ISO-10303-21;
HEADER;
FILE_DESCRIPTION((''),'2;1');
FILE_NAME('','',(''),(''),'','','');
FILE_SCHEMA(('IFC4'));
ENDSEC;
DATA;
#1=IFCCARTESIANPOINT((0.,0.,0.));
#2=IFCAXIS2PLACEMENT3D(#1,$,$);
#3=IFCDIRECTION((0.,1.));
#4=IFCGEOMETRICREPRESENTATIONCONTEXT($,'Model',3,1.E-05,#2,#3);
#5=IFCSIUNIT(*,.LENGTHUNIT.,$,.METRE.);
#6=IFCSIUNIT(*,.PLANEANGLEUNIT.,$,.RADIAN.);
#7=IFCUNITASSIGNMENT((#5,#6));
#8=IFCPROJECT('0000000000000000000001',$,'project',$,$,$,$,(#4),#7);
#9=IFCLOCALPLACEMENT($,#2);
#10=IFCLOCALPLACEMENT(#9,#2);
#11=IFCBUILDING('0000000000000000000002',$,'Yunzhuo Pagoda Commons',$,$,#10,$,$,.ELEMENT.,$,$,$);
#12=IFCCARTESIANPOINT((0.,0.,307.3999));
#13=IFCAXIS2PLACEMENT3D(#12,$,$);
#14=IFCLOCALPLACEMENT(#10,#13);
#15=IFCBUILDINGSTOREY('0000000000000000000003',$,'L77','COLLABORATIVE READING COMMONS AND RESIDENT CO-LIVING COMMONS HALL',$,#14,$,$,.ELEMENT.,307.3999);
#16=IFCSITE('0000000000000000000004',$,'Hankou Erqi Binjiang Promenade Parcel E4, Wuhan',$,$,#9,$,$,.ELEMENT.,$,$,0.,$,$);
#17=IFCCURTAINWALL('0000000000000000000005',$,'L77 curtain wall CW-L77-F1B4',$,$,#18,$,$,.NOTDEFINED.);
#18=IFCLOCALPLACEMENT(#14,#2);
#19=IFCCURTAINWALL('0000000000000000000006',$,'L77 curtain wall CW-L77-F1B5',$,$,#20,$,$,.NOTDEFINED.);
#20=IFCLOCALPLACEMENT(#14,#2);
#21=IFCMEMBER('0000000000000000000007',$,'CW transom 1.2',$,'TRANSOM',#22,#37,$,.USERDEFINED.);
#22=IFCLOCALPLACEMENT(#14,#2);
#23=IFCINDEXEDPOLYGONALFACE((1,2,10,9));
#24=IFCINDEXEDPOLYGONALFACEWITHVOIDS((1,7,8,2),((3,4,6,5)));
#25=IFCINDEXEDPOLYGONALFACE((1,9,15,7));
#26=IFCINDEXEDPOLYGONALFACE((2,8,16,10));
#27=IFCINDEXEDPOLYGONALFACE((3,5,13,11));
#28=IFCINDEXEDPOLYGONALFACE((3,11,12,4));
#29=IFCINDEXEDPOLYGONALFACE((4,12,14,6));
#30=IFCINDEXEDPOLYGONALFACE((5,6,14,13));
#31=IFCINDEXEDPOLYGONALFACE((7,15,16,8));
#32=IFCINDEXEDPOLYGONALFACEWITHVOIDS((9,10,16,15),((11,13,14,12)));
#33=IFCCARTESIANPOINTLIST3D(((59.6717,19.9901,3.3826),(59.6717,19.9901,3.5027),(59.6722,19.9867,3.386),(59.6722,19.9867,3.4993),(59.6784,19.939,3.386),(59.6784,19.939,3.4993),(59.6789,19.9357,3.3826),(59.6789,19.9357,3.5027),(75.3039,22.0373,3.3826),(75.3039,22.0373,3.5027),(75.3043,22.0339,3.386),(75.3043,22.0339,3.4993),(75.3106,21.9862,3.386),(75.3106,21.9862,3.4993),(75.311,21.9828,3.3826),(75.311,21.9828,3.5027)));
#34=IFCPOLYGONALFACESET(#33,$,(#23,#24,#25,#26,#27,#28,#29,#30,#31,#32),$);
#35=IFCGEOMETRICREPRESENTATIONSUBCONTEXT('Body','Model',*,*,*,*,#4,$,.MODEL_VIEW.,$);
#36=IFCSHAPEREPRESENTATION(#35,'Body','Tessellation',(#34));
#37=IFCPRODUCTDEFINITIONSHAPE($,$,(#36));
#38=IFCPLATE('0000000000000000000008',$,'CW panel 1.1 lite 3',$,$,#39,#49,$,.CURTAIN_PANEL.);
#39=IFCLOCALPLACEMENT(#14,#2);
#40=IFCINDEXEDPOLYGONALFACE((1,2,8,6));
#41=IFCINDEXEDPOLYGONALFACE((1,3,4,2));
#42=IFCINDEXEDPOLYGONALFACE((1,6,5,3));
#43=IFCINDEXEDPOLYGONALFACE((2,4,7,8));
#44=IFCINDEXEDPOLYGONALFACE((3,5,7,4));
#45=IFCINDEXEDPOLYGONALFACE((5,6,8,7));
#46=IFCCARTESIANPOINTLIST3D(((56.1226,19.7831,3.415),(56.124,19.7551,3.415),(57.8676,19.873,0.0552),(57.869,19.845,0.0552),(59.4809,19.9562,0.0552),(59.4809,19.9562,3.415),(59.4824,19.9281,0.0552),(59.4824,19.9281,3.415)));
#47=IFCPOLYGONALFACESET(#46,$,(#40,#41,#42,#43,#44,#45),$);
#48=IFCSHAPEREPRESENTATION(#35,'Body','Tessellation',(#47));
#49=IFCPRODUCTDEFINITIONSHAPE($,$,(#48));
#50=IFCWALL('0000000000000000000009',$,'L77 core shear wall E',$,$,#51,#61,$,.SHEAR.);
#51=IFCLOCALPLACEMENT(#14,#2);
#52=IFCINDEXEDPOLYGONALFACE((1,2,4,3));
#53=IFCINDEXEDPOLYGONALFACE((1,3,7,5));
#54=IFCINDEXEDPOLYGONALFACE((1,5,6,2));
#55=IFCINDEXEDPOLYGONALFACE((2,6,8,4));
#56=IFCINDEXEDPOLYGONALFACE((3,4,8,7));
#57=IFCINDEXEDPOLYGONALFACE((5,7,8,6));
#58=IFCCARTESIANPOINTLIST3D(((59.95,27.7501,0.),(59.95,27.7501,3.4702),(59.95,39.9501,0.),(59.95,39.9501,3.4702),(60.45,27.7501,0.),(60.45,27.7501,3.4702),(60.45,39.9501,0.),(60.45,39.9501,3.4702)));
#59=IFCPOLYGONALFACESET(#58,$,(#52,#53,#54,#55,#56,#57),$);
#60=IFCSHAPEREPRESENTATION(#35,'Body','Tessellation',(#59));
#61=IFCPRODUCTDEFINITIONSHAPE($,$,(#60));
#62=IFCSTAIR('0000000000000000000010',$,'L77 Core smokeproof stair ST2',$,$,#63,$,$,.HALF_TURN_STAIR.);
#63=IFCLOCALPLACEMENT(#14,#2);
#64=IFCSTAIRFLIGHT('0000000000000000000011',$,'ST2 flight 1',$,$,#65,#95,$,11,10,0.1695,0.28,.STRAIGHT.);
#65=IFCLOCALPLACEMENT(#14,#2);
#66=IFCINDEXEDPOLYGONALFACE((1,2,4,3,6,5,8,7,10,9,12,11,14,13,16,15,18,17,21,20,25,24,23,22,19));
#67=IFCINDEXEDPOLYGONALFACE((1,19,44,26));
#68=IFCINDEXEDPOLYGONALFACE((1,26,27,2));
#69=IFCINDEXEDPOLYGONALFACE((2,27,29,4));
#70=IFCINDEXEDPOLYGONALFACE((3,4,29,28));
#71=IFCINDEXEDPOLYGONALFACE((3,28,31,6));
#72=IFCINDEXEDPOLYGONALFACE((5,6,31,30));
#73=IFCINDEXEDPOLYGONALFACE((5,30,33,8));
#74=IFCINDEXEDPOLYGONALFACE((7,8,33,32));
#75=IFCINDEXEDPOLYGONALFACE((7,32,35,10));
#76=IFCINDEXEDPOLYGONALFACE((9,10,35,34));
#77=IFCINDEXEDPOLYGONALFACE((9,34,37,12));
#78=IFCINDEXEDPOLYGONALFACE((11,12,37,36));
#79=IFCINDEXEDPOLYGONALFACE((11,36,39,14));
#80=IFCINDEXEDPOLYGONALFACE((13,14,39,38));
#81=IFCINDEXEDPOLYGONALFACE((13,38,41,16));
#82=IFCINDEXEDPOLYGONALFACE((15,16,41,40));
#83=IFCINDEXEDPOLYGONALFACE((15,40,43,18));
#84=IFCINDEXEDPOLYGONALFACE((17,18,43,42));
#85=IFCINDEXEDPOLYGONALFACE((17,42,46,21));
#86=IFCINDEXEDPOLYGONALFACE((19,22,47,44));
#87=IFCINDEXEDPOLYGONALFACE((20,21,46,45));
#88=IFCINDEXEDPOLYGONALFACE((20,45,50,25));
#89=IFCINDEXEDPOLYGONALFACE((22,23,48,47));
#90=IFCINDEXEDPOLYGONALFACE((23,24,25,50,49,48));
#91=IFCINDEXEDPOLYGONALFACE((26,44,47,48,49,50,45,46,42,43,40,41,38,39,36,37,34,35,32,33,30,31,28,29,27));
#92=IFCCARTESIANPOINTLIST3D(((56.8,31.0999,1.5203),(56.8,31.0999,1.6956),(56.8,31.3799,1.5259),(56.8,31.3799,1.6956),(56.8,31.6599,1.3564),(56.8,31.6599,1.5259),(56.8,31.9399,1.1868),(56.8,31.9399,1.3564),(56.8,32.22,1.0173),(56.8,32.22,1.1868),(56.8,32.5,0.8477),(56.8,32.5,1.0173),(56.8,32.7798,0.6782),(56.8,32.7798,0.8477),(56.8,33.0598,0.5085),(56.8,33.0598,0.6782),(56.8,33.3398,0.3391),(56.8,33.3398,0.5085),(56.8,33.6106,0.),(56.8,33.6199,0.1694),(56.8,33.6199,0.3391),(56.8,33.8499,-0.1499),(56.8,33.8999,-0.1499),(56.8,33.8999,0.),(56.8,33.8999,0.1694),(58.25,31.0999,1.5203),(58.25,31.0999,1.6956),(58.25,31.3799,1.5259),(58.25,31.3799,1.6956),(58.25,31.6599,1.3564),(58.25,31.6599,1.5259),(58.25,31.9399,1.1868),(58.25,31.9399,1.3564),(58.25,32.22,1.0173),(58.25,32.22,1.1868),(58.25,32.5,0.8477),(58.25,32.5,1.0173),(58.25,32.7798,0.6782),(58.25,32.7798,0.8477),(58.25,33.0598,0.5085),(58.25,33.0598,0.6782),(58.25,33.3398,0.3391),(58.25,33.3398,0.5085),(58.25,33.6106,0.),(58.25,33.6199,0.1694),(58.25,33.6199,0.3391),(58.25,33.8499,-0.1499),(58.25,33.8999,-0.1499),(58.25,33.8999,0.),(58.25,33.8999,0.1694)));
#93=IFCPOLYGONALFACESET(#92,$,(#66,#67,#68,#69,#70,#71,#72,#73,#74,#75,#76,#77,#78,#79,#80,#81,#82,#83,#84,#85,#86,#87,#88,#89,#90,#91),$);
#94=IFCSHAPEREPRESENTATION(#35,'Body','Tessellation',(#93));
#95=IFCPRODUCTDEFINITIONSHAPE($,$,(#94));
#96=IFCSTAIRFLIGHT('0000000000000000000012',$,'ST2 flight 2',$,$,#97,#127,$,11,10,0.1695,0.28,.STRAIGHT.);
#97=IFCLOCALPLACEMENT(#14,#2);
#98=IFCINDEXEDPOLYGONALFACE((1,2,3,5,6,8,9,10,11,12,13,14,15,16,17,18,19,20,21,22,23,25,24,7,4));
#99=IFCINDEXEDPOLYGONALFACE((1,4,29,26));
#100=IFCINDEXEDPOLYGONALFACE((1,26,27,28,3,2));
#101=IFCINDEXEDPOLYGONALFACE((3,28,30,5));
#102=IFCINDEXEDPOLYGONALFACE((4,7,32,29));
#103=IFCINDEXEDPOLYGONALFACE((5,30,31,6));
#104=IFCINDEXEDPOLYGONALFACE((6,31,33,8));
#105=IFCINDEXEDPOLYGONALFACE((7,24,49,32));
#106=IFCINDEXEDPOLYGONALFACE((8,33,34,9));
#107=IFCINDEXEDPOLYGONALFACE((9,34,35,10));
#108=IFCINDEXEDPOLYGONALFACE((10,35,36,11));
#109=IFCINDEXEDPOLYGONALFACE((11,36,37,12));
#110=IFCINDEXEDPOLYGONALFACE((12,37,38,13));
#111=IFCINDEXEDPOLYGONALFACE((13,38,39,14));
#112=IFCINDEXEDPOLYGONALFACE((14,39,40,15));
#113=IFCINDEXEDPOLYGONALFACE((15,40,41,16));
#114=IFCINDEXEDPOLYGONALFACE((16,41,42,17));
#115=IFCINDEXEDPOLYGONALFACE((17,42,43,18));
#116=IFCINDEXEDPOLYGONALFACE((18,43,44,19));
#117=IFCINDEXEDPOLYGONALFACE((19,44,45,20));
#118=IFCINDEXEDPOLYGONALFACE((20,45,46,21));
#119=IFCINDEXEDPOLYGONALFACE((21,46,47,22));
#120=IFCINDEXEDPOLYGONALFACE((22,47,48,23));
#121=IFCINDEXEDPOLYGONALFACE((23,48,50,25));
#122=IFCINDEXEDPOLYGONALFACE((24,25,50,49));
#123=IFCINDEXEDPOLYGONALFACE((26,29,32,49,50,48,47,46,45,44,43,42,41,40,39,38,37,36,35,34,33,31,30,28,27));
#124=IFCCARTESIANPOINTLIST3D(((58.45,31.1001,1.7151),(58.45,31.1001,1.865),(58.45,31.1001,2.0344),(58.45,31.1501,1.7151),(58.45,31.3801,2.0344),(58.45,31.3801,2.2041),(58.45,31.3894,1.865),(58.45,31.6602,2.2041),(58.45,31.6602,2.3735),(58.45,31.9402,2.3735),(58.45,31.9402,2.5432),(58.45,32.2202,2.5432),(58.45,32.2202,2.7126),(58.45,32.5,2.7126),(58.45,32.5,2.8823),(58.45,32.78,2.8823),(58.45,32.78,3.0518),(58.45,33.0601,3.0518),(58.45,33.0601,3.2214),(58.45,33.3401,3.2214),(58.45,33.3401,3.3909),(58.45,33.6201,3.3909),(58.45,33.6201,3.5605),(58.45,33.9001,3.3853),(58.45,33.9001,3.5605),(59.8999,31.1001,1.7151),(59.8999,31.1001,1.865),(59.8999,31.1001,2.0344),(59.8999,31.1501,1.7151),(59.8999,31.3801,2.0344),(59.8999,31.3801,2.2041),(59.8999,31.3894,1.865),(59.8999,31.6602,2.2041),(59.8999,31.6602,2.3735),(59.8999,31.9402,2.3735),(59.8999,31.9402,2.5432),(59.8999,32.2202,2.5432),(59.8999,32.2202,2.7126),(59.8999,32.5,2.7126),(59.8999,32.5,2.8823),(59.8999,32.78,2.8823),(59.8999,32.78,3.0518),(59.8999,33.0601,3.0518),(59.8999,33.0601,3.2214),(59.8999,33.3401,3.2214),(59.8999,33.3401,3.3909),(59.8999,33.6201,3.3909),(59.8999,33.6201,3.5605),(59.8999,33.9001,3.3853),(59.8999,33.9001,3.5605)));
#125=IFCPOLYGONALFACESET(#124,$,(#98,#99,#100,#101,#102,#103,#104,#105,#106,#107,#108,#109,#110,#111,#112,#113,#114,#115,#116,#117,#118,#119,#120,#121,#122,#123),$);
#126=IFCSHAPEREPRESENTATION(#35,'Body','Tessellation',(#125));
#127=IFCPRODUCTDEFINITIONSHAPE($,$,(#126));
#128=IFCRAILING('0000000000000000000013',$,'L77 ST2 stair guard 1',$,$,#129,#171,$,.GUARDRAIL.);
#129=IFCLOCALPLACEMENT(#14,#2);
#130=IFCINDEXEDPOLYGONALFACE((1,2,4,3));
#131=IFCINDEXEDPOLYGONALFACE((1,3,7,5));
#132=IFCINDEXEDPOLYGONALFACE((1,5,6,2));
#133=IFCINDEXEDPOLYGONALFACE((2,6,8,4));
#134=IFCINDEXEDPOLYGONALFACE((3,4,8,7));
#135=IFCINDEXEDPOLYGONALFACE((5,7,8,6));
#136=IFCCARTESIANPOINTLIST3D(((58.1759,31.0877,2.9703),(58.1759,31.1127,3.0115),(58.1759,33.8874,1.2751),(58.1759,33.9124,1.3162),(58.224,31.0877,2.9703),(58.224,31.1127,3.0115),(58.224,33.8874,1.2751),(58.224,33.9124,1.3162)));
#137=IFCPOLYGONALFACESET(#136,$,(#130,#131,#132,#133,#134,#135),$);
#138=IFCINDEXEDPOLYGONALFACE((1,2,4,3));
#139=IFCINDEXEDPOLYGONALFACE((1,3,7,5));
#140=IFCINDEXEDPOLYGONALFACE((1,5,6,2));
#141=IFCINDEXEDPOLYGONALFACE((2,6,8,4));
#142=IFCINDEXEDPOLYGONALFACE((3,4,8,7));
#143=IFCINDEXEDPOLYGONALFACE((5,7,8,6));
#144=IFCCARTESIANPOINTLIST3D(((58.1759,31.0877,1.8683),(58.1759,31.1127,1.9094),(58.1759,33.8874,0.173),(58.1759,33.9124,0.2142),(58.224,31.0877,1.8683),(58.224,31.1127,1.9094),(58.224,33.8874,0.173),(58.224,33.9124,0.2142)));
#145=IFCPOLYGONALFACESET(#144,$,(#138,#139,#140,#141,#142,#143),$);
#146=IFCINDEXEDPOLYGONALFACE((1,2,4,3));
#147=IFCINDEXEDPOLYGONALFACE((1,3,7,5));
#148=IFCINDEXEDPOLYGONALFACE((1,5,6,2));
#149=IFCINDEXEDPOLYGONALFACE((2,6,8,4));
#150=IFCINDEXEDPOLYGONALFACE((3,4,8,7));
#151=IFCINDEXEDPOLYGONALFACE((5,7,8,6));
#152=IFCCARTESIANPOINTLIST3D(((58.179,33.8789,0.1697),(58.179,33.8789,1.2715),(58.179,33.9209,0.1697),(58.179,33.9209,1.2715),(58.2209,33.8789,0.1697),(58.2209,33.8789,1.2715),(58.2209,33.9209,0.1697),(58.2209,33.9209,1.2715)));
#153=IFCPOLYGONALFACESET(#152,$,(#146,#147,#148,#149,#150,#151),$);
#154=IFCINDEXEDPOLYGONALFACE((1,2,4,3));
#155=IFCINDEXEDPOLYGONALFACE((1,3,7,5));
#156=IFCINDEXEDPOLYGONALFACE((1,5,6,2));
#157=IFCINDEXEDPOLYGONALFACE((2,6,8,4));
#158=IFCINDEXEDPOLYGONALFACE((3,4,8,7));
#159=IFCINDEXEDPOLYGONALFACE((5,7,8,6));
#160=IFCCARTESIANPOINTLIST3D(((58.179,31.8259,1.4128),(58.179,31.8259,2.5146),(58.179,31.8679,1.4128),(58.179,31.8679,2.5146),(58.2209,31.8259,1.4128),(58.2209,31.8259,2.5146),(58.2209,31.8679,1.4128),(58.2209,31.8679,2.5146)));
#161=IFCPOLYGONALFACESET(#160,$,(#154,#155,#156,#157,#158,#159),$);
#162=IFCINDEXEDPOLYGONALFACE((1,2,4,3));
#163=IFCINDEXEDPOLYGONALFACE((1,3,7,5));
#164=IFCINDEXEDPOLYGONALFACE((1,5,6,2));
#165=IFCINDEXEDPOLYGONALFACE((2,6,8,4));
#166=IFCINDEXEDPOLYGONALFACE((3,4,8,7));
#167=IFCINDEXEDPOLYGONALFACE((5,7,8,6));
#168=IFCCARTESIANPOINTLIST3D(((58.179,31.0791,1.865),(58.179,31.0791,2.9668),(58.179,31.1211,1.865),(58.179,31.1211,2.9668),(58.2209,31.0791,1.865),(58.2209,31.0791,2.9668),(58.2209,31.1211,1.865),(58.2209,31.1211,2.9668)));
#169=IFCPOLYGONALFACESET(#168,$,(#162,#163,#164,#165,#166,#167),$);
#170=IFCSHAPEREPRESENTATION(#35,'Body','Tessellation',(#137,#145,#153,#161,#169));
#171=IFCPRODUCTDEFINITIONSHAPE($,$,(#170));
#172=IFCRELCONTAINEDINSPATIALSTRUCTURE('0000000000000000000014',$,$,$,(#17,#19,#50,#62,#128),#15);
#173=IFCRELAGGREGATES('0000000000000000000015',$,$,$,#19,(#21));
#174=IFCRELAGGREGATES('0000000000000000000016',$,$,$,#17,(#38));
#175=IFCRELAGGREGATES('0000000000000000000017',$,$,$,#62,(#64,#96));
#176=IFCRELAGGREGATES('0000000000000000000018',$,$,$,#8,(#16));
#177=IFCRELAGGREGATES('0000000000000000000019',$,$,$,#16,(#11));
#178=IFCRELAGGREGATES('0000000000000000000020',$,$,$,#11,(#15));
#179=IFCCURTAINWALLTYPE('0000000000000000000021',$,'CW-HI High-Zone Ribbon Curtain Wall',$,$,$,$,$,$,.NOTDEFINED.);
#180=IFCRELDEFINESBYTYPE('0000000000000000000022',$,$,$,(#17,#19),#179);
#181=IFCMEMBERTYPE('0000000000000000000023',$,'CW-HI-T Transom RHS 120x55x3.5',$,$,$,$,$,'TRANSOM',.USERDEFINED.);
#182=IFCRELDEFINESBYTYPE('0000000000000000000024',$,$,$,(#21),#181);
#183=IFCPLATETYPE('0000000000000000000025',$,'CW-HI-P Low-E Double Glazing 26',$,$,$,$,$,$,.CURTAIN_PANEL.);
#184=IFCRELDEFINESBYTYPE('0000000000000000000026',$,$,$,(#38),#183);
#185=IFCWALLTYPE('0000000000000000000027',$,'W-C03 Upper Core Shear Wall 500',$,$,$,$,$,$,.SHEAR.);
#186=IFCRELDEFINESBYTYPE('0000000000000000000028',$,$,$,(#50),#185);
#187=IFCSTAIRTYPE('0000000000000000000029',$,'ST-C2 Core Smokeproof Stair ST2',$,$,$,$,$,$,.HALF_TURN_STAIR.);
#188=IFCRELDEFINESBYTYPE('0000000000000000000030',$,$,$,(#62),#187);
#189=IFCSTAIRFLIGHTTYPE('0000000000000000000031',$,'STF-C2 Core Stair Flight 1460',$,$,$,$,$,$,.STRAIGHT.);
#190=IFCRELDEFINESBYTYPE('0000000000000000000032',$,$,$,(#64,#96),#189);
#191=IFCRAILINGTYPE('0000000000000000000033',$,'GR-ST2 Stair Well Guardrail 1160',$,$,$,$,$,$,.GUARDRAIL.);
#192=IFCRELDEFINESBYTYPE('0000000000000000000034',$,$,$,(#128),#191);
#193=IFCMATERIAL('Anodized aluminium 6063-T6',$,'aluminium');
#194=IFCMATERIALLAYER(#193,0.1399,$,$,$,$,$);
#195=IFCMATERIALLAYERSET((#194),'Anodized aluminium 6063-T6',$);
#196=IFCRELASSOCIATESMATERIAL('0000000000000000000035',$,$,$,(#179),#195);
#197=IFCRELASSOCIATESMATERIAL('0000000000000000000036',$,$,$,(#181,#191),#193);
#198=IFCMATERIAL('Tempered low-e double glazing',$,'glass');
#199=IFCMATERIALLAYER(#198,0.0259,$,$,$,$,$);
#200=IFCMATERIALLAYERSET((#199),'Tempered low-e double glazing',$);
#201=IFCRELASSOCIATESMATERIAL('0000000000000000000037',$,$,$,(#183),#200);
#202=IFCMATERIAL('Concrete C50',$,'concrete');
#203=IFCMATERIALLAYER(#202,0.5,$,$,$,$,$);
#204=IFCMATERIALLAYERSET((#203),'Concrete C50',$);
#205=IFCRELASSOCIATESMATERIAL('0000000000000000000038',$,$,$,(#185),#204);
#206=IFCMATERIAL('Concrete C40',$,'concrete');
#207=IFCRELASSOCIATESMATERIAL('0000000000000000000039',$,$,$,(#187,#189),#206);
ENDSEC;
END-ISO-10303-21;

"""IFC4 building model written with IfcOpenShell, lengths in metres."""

from ifc_helpers import new_model, si_unit, direction, frame, frame_2d, origin, origin_2d, place, context, subcontext, project, spatial, polyline, rectangle, hollow_rectangle, outline, extrude, source, transform, mapped, material, layer, layer_set, material_profile, profile_set, type_object, element, aggregate, save


model = new_model("IFC4")

# Units and contexts
model_context = context("Model", 3, precision=1e-05, world=origin(), true_north=direction((0.0, 1.0)))
body_context = subcontext(model_context, "Body", "Model", "MODEL_VIEW")
ifc_project = project(units=[si_unit("LENGTHUNIT", "METRE"), si_unit("PLANEANGLEUNIT", "RADIAN")], contexts=[model_context])

# Site, building, storey
site_placement = place(None, origin())
site = spatial("IfcSite", under=ifc_project, at=site_placement, Name="Hankou Erqi Binjiang Promenade Parcel E4, Wuhan", CompositionType="ELEMENT", RefElevation=0.0)
building_placement = place(site_placement, origin())
building = spatial("IfcBuilding", under=site, at=building_placement, Name="Yunzhuo Pagoda Commons", CompositionType="ELEMENT")
storey_placement = place(building_placement, frame((0.0, 0.0, 307.3999)))
storey = spatial("IfcBuildingStorey", under=building, at=storey_placement, Name="L77", Description="COLLABORATIVE READING COMMONS AND RESIDENT CO-LIVING COMMONS HALL", CompositionType="ELEMENT", Elevation=307.3999)

# Curtain wall
ifc_material_1 = material(Name="Anodized aluminium 6063-T6", Category="aluminium")
ifc_layer_1 = layer(ifc_material_1, 0.1399)
ifc_layer_set_1 = layer_set([ifc_layer_1], Name="Anodized aluminium 6063-T6")
curtain_wall_type = type_object("IfcCurtainWallType", Name="CW-HI High-Zone Ribbon Curtain Wall", PredefinedType="NOTDEFINED", material=ifc_layer_set_1)
curtain_wall_1_placement = place(storey_placement, origin())
curtain_wall_1 = element("IfcCurtainWall", 1, at=curtain_wall_1_placement, inside=storey, type_object=curtain_wall_type, Name="L77 curtain wall CW-L77-F1B4", PredefinedType="NOTDEFINED")

# Curtain wall, member
curtain_wall_2_placement = place(storey_placement, origin())
curtain_wall_2 = element("IfcCurtainWall", 2, at=curtain_wall_2_placement, inside=storey, type_object=curtain_wall_type, Name="L77 curtain wall CW-L77-F1B5", PredefinedType="NOTDEFINED")
ifc_material_profile_1 = material_profile(ifc_material_1, hollow_rectangle(XDim=0.0549, YDim=0.1201, WallThickness=0.0034, at=origin_2d()), Name="Anodized aluminium 6063-T6")
ifc_profile_set_1 = profile_set([ifc_material_profile_1], Name="Anodized aluminium 6063-T6")
member_type_1 = type_object("IfcMemberType", Name="CW-HI-T Transom RHS 120x55x3.5", ElementType="TRANSOM", PredefinedType="USERDEFINED", material=ifc_profile_set_1)
shared_shape_1 = source(origin(), body_context, "Body", "SweptSolid", [
    extrude(hollow_rectangle(XDim=0.0549, YDim=0.1201, WallThickness=0.0034, at=origin_2d()), origin(), (0.0, 0.0, 1.0), 15.7656),
])
member_1_placement = place(storey_placement, frame((59.6753, 19.9629, 3.4426), z_axis=(0.991534, 0.129848, 0.0), x_axis=(-0.129848, 0.991534, 0.0)))
member_1 = element("IfcMember", 3, at=member_1_placement, type_object=member_type_1, Name="CW transom 1.2", ObjectType="TRANSOM", PredefinedType="USERDEFINED", context=body_context, shape_type="MappedRepresentation", body=[
    mapped(shared_shape_1, transform((0.0, 0.0, 0.0), scale=1.0)),
])
aggregate(curtain_wall_2, [member_1])

# Plate
ifc_material_2 = material(Name="Tempered low-e double glazing", Category="glass")
ifc_layer_2 = layer(ifc_material_2, 0.0259)
ifc_layer_set_2 = layer_set([ifc_layer_2], Name="Tempered low-e double glazing")
plate_type = type_object("IfcPlateType", Name="CW-HI-P Low-E Double Glazing 26", PredefinedType="CURTAIN_PANEL", material=ifc_layer_set_2)
plate_placement = place(storey_placement, frame((57.8018, 19.8696, 1.7351), z_axis=(0.051462, -0.998675, 0.0), x_axis=(0.998675, 0.051462, 0.0)))
plate = element("IfcPlate", 4, at=plate_placement, type_object=plate_type, Name="CW panel 1.1 lite 3", PredefinedType="CURTAIN_PANEL", context=body_context, shape_type="SweptSolid", body=[
    extrude(outline(polyline([(-1.6814, 1.6799), (0.0659, -1.6799), (1.6814, -1.6799), (1.6814, 1.6799), (-1.6814, 1.6799)])), origin(), (0.0, 0.0, 1.0), 0.0281),
])
aggregate(curtain_wall_1, [plate])

# Wall
ifc_material_3 = material(Name="Concrete C50", Category="concrete")
ifc_layer_3 = layer(ifc_material_3, 0.5)
ifc_layer_set_3 = layer_set([ifc_layer_3], Name="Concrete C50")
wall_type = type_object("IfcWallType", Name="W-C03 Upper Core Shear Wall 500", PredefinedType="SHEAR", material=ifc_layer_set_3)
wall_placement = place(storey_placement, frame((60.2, 27.75, 0.0), z_axis=(0.0, 0.0, 1.0), x_axis=(0.0, 1.0, 0.0)))
element("IfcWall", 5, at=wall_placement, inside=storey, type_object=wall_type, Name="L77 core shear wall E", PredefinedType="SHEAR", context=body_context, shape_type="SweptSolid", body=[
    extrude(rectangle(XDim=12.2, YDim=0.5, at=frame_2d((6.1001, 0.0))), origin(), (0.0, 0.0, 1.0), 3.4702),
])

# Stair, stair flights
ifc_material_4 = material(Name="Concrete C40", Category="concrete")
stair_type = type_object("IfcStairType", Name="ST-C2 Core Smokeproof Stair ST2", PredefinedType="HALF_TURN_STAIR", material=ifc_material_4)
stair_placement = place(storey_placement, origin())
stair = element("IfcStair", 6, at=stair_placement, inside=storey, type_object=stair_type, Name="L77 Core smokeproof stair ST2", PredefinedType="HALF_TURN_STAIR")
stair_flight_type = type_object("IfcStairFlightType", Name="STF-C2 Core Stair Flight 1460", PredefinedType="STRAIGHT", material=ifc_material_4)
shared_shape_2 = source(origin(), body_context, "Body", "SweptSolid", [
    extrude(outline(polyline([(0.0, -0.1499), (0.0, 0.0), (0.0, 0.1694), (0.28, 0.1694), (0.28, 0.3391), (0.5601, 0.3391), (0.5601, 0.5085), (0.8401, 0.5085), (0.8401, 0.6782), (1.1201, 0.6782), (1.1201, 0.8477), (1.3999, 0.8477), (1.3999, 1.0173), (1.6799, 1.0173), (1.6799, 1.1868), (1.96, 1.1868), (1.96, 1.3564), (2.24, 1.3564), (2.24, 1.5259), (2.52, 1.5259), (2.52, 1.6956), (2.8, 1.6956), (2.8, 1.865), (2.8, 1.5203), (0.2893, 0.0), (0.05, -0.1499), (0.0, -0.1499)])), frame((0.0, 0.7251, 0.0), z_axis=(0.0, -1.0, 0.0), x_axis=(1.0, 0.0, 0.0)), (0.0, 0.0, 1.0), 1.45),
])
stair_flight_1_placement = place(storey_placement, frame((57.5249, 33.8999, 0.0), z_axis=(0.0, 0.0, 1.0), x_axis=(0.0, -1.0, 0.0)))
stair_flight_1 = element("IfcStairFlight", 7, at=stair_flight_1_placement, type_object=stair_flight_type, Name="ST2 flight 1", NumberOfRisers=11, NumberOfTreads=10, PredefinedType="STRAIGHT", RiserHeight=0.1695, TreadLength=0.28, context=body_context, shape_type="MappedRepresentation", body=[
    mapped(shared_shape_2, transform((0.0, 0.0, 0.0), scale=1.0)),
])
stair_flight_2_placement = place(storey_placement, frame((59.175, 31.1001, 1.865), z_axis=(0.0, 0.0, 1.0), x_axis=(0.0, 1.0, 0.0)))
stair_flight_2 = element("IfcStairFlight", 8, at=stair_flight_2_placement, type_object=stair_flight_type, Name="ST2 flight 2", NumberOfRisers=11, NumberOfTreads=10, PredefinedType="STRAIGHT", RiserHeight=0.1695, TreadLength=0.28, context=body_context, shape_type="MappedRepresentation", body=[
    mapped(shared_shape_2, transform((0.0, 0.0, 0.0), scale=1.0)),
])
aggregate(stair, [stair_flight_1, stair_flight_2])

# Railing
railing_type_1 = type_object("IfcRailingType", Name="GR-ST2 Stair Well Guardrail 1160", PredefinedType="GUARDRAIL", material=ifc_material_1)
railing_1_placement = place(storey_placement, frame((58.2, 33.8999, 0.1697)))
element("IfcRailing", 9, at=railing_1_placement, inside=storey, type_object=railing_type_1, Name="L77 ST2 stair guard 1", PredefinedType="GUARDRAIL", context=body_context, shape_type="SweptSolid", body=[
    extrude(rectangle(XDim=0.0481, YDim=0.0481, at=origin_2d()), frame((0.0, 0.0, 1.126), z_axis=(0.0, -0.855406, 0.517958), x_axis=(1.0, 0.0, 0.0)), (0.0, 0.0, 1.0), 3.2729),
    extrude(rectangle(XDim=0.0481, YDim=0.0481, at=origin_2d()), frame((0.0, 0.0, 0.0239), z_axis=(0.0, -0.855406, 0.517958), x_axis=(1.0, 0.0, 0.0)), (0.0, 0.0, 1.0), 3.2729),
    extrude(rectangle(XDim=0.042, YDim=0.042, at=origin_2d()), origin(), (0.0, 0.0, 1.0), 1.1018),
    extrude(rectangle(XDim=0.042, YDim=0.042, at=origin_2d()), frame((0.0, -2.053, 1.2432)), (0.0, 0.0, 1.0), 1.1018),
    extrude(rectangle(XDim=0.042, YDim=0.042, at=origin_2d()), frame((0.0, -2.7998, 1.6953)), (0.0, 0.0, 1.0), 1.1018),
])

save(model, "model.ifc")
